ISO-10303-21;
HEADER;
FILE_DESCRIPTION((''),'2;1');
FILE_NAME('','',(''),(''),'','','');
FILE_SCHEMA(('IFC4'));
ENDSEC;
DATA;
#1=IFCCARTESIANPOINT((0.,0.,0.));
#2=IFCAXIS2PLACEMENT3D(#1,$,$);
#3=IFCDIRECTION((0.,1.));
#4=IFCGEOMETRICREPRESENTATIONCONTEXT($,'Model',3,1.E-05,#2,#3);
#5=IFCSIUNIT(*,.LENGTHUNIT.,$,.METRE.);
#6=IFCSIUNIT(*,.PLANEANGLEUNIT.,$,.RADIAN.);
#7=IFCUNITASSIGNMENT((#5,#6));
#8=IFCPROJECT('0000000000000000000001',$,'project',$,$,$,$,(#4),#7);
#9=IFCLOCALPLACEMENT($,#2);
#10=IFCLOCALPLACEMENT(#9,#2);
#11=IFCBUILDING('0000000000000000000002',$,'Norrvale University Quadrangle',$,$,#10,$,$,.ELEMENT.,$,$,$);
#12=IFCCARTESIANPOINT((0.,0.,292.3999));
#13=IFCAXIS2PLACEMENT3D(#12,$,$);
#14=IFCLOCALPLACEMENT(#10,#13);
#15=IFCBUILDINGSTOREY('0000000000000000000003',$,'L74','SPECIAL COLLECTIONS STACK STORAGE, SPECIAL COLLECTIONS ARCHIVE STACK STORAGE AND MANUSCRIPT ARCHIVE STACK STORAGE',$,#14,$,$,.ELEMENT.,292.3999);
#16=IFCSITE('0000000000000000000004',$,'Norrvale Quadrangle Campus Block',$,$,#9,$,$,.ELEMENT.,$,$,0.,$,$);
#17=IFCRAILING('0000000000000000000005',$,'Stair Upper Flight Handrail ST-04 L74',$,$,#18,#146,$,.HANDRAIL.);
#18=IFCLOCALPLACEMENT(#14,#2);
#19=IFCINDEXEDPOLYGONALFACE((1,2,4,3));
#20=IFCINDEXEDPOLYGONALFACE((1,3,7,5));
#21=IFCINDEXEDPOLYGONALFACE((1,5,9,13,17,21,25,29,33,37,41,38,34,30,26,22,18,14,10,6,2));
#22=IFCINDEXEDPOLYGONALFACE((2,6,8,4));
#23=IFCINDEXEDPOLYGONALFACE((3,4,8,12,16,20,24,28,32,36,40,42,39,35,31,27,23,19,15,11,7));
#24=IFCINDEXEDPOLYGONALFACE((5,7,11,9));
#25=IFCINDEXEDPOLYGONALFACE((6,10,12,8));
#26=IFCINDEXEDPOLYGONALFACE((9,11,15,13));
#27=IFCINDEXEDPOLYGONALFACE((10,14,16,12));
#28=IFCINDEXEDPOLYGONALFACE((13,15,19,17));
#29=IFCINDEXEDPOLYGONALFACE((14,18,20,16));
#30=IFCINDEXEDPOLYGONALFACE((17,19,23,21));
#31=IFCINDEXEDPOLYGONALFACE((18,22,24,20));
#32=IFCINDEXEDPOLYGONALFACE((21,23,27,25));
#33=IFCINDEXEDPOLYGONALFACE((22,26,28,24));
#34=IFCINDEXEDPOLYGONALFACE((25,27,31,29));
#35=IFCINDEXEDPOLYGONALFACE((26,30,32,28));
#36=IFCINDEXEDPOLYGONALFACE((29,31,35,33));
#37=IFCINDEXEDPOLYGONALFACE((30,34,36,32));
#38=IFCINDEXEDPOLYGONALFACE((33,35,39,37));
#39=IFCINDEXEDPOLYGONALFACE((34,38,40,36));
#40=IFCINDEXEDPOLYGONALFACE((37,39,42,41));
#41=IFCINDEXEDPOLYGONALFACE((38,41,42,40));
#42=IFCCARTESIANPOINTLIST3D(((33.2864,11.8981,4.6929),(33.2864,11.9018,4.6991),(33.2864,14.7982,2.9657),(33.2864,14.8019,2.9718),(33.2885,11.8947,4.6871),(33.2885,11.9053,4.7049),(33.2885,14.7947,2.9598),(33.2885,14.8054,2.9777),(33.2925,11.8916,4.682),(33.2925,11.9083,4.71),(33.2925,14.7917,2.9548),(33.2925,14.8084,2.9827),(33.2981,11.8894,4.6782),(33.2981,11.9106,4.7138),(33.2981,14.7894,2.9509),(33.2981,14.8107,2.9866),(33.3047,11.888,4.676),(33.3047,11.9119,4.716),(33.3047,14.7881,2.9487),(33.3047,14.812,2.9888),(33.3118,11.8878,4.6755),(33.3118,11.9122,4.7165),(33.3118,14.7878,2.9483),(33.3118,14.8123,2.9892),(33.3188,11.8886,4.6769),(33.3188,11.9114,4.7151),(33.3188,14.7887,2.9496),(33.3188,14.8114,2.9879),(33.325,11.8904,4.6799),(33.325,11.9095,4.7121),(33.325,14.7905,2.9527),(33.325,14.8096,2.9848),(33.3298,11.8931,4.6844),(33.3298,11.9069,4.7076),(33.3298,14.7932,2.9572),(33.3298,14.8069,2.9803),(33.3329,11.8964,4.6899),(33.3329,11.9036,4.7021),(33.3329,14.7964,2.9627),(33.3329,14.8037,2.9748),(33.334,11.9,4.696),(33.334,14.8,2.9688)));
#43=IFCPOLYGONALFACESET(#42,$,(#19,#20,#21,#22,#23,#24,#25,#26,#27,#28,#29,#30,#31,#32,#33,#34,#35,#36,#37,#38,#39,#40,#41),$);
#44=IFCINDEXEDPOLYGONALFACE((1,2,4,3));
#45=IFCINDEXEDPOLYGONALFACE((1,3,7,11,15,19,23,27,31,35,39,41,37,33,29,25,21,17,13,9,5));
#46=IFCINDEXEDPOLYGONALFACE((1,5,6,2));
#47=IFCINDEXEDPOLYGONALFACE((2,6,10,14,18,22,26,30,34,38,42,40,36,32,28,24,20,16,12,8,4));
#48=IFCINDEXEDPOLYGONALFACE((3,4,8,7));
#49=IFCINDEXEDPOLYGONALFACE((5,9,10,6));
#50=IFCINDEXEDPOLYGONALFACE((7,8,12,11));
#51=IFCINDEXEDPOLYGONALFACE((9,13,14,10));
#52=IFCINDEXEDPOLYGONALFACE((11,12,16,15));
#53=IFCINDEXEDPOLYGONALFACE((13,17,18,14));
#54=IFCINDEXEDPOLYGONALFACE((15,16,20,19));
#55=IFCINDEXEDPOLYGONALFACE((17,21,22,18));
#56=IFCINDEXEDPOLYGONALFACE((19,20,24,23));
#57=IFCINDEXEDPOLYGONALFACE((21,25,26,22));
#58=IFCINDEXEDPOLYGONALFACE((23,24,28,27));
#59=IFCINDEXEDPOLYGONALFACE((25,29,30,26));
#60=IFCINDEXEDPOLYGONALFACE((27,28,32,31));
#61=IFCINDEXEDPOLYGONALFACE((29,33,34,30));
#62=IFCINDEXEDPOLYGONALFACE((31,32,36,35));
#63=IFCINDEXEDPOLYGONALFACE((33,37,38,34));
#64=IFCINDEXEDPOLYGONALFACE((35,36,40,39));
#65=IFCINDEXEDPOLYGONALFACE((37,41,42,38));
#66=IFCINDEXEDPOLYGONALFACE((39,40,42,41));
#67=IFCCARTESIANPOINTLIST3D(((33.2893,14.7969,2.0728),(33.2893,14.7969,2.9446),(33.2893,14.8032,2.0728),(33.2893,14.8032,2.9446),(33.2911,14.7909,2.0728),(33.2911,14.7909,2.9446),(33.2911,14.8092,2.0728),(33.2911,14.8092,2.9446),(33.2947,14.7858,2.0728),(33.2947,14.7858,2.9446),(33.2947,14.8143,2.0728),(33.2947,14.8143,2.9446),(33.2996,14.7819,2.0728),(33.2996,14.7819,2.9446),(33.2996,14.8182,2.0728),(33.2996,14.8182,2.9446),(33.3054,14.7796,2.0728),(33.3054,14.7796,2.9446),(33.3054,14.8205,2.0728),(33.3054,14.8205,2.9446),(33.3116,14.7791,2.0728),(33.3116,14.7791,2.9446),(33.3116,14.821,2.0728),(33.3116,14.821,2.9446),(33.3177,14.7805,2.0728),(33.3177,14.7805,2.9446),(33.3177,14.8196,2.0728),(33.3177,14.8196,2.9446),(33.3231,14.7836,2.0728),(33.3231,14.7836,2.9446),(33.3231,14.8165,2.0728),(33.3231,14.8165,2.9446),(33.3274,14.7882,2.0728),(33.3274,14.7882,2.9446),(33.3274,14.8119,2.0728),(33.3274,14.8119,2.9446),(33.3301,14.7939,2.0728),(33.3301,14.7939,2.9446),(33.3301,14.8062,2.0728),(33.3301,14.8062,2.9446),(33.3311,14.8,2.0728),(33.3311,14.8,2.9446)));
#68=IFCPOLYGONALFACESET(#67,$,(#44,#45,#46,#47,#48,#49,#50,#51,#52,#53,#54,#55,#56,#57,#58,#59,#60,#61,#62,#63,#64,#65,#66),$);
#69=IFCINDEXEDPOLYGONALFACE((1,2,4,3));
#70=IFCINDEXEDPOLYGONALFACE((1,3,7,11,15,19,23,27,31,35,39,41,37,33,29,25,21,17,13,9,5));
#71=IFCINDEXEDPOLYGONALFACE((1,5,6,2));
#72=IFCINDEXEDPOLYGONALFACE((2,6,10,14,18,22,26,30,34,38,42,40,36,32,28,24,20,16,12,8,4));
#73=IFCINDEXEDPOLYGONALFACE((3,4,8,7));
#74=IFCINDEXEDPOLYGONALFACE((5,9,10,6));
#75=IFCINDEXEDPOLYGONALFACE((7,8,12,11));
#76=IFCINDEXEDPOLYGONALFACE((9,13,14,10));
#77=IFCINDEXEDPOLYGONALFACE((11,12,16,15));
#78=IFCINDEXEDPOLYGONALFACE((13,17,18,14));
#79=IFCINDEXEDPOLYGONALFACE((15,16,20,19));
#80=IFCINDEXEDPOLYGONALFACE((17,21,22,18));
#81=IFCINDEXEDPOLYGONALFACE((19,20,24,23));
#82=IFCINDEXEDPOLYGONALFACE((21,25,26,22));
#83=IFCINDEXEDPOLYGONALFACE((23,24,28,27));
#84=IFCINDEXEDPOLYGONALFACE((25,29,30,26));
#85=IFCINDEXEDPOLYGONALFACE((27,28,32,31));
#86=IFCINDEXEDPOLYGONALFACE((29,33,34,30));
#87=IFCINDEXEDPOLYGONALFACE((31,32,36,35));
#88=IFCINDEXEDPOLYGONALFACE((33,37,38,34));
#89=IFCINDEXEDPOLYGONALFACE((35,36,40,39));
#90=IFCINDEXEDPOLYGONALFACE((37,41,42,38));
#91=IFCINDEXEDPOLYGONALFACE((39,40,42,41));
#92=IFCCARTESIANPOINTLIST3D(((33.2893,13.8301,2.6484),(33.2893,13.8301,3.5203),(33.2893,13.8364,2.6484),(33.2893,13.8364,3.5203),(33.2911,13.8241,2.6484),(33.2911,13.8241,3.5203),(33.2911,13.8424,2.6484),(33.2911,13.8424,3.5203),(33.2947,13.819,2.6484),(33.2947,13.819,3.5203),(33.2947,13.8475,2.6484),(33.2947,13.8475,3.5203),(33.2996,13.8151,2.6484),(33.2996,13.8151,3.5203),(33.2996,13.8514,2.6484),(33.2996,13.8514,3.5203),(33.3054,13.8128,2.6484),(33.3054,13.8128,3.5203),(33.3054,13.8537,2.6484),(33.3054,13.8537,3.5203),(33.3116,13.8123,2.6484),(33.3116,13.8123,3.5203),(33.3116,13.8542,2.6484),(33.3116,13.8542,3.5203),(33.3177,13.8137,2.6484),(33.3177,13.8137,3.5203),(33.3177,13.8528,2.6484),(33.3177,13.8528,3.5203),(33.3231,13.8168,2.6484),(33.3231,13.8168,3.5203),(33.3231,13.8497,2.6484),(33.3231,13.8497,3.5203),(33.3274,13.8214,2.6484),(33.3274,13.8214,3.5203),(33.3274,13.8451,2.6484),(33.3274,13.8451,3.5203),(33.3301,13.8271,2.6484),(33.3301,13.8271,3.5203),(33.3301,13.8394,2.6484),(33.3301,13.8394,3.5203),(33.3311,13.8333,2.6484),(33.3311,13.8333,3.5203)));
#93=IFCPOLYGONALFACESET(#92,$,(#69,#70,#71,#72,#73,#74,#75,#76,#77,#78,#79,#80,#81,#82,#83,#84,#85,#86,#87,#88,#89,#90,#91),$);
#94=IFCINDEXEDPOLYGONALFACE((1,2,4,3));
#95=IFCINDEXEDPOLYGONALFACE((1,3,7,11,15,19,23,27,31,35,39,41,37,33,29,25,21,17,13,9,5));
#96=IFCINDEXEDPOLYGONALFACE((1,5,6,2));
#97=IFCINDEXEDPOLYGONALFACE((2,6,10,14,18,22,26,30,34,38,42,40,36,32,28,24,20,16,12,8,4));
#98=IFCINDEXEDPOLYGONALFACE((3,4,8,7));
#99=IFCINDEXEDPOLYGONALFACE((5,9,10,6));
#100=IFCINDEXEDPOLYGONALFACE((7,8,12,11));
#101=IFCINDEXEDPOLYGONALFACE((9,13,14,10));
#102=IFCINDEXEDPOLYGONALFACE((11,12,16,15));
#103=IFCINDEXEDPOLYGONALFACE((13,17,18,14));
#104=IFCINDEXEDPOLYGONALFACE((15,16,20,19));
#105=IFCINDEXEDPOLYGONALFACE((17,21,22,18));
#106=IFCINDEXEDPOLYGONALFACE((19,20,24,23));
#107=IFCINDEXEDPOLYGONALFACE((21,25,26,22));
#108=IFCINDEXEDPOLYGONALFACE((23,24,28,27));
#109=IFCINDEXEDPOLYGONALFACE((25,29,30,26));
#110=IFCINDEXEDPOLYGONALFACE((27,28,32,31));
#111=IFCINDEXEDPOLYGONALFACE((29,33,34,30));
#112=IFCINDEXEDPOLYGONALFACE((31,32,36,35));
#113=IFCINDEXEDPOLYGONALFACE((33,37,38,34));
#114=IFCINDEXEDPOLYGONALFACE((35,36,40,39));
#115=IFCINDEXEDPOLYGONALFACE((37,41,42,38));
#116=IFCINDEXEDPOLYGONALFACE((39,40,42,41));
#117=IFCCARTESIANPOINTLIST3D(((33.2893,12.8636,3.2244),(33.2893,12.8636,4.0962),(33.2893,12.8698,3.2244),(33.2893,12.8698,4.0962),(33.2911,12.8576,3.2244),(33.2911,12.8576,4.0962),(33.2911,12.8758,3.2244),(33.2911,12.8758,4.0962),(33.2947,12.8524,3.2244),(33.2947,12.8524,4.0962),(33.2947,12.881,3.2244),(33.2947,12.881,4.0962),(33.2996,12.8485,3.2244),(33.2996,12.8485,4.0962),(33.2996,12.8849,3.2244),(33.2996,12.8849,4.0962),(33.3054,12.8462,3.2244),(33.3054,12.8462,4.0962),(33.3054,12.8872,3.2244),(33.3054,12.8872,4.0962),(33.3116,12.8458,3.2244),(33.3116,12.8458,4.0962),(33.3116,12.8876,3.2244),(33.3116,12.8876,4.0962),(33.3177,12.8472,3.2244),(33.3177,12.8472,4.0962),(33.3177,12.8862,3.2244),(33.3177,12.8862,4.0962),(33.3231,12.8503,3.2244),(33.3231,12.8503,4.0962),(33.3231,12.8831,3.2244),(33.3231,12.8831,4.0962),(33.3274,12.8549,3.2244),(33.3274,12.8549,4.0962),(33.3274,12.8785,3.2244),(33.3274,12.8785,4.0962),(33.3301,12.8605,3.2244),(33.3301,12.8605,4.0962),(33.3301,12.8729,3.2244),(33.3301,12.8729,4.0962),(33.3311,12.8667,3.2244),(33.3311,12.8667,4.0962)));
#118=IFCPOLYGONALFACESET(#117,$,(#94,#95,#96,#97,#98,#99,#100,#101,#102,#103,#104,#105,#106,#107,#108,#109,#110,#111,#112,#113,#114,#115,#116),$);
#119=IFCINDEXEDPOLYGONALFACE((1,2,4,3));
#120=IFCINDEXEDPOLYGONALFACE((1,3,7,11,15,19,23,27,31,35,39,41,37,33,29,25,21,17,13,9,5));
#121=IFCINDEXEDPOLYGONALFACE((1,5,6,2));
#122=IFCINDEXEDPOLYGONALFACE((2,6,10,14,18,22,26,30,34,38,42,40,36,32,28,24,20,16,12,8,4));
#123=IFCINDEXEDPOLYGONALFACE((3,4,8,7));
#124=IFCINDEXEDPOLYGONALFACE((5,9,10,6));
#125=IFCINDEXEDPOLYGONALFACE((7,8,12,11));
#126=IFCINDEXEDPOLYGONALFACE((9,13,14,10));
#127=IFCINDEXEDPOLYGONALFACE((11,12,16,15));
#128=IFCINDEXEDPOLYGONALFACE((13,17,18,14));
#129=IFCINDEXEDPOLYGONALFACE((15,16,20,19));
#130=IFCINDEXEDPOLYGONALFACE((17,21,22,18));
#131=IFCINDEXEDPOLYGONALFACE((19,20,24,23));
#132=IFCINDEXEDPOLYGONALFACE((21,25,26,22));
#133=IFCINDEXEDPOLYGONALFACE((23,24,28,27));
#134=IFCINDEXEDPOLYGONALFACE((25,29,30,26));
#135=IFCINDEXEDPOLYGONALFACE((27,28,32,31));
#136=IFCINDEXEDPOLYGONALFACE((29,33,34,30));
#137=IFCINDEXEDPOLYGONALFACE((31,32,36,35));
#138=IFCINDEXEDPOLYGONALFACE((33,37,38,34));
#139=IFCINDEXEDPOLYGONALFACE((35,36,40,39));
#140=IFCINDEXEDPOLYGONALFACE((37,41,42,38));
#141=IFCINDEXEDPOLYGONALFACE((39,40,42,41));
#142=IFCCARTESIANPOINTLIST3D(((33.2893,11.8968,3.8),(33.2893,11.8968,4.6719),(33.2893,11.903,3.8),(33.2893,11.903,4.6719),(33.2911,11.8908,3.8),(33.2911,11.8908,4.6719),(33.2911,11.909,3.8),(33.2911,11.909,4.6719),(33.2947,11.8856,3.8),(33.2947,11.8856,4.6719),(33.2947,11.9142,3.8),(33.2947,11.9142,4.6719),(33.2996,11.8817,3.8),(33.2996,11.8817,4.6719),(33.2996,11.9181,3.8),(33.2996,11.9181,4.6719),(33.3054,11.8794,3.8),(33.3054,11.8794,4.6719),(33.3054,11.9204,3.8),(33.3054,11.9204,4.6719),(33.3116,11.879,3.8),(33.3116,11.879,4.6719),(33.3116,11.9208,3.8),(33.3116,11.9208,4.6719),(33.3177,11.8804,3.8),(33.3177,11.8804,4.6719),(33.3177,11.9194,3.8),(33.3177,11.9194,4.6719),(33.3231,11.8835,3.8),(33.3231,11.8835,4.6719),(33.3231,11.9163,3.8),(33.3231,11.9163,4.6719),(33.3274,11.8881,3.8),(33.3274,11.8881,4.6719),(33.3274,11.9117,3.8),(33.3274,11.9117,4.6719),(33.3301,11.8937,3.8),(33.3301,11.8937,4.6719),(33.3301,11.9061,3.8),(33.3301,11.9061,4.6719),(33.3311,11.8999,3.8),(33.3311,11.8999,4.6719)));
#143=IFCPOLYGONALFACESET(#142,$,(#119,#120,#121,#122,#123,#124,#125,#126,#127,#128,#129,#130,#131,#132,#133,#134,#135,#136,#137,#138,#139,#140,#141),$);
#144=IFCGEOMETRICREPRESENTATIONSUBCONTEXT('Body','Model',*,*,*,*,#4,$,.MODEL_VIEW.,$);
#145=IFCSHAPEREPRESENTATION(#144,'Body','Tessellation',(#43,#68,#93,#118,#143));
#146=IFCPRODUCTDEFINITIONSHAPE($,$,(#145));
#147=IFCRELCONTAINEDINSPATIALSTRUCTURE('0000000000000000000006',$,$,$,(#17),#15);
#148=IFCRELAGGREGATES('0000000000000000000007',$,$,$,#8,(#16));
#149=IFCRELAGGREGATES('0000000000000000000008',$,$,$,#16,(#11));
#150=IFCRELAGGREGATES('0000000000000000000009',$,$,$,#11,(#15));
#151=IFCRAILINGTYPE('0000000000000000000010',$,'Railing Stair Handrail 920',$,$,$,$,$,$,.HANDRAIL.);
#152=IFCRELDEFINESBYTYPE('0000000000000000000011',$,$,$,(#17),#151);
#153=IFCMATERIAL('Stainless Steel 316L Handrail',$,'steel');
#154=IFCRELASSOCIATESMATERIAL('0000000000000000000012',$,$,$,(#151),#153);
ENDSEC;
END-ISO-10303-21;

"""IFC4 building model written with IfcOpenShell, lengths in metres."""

from ifc_helpers import new_model, si_unit, direction, frame, origin, origin_2d, place, context, subcontext, project, spatial, circle, extrude, material, type_object, element, save


model = new_model("IFC4")

# Units and contexts
model_context = context("Model", 3, precision=1e-05, world=origin(), true_north=direction((0.0, 1.0)))
body_context = subcontext(model_context, "Body", "Model", "MODEL_VIEW")
ifc_project = project(units=[si_unit("LENGTHUNIT", "METRE"), si_unit("PLANEANGLEUNIT", "RADIAN")], contexts=[model_context])

# Site, building, storey
site_placement = place(None, origin())
site = spatial("IfcSite", under=ifc_project, at=site_placement, Name="Norrvale Quadrangle Campus Block", CompositionType="ELEMENT", RefElevation=0.0)
building_placement = place(site_placement, origin())
building = spatial("IfcBuilding", under=site, at=building_placement, Name="Norrvale University Quadrangle", CompositionType="ELEMENT")
storey_placement = place(building_placement, frame((0.0, 0.0, 292.3999)))
storey = spatial("IfcBuildingStorey", under=building, at=storey_placement, Name="L74", Description="SPECIAL COLLECTIONS STACK STORAGE, SPECIAL COLLECTIONS ARCHIVE STACK STORAGE AND MANUSCRIPT ARCHIVE STACK STORAGE", CompositionType="ELEMENT", Elevation=292.3999)

# Railing
ifc_material_1 = material(Name="Stainless Steel 316L Handrail", Category="steel")
railing_type = type_object("IfcRailingType", Name="Railing Stair Handrail 920", PredefinedType="HANDRAIL", material=ifc_material_1)
railing_placement = place(storey_placement, frame((33.3101, 14.8, 2.0728)))
element("IfcRailing", 1, at=railing_placement, inside=storey, type_object=railing_type, Name="Stair Upper Flight Handrail ST-04 L74", PredefinedType="HANDRAIL", context=body_context, shape_type="SweptSolid", body=[
    extrude(circle(Radius=0.0239, at=origin_2d()), frame((0.0, 0.0, 0.896), z_axis=(0.0, -0.85916, 0.511706), x_axis=(1.0, 0.0, 0.0)), (0.0, 0.0, 1.0), 3.3755),
    extrude(circle(Radius=0.021, at=origin_2d()), origin(), (0.0, 0.0, 1.0), 0.8718),
    extrude(circle(Radius=0.021, at=origin_2d()), frame((0.0, -0.9668, 0.5757)), (0.0, 0.0, 1.0), 0.8718),
    extrude(circle(Radius=0.021, at=origin_2d()), frame((0.0, -1.9333, 1.1516)), (0.0, 0.0, 1.0), 0.8718),
    extrude(circle(Radius=0.021, at=origin_2d()), frame((0.0, -2.9001, 1.7273)), (0.0, 0.0, 1.0), 0.8718),
])

save(model, "model.ifc")
